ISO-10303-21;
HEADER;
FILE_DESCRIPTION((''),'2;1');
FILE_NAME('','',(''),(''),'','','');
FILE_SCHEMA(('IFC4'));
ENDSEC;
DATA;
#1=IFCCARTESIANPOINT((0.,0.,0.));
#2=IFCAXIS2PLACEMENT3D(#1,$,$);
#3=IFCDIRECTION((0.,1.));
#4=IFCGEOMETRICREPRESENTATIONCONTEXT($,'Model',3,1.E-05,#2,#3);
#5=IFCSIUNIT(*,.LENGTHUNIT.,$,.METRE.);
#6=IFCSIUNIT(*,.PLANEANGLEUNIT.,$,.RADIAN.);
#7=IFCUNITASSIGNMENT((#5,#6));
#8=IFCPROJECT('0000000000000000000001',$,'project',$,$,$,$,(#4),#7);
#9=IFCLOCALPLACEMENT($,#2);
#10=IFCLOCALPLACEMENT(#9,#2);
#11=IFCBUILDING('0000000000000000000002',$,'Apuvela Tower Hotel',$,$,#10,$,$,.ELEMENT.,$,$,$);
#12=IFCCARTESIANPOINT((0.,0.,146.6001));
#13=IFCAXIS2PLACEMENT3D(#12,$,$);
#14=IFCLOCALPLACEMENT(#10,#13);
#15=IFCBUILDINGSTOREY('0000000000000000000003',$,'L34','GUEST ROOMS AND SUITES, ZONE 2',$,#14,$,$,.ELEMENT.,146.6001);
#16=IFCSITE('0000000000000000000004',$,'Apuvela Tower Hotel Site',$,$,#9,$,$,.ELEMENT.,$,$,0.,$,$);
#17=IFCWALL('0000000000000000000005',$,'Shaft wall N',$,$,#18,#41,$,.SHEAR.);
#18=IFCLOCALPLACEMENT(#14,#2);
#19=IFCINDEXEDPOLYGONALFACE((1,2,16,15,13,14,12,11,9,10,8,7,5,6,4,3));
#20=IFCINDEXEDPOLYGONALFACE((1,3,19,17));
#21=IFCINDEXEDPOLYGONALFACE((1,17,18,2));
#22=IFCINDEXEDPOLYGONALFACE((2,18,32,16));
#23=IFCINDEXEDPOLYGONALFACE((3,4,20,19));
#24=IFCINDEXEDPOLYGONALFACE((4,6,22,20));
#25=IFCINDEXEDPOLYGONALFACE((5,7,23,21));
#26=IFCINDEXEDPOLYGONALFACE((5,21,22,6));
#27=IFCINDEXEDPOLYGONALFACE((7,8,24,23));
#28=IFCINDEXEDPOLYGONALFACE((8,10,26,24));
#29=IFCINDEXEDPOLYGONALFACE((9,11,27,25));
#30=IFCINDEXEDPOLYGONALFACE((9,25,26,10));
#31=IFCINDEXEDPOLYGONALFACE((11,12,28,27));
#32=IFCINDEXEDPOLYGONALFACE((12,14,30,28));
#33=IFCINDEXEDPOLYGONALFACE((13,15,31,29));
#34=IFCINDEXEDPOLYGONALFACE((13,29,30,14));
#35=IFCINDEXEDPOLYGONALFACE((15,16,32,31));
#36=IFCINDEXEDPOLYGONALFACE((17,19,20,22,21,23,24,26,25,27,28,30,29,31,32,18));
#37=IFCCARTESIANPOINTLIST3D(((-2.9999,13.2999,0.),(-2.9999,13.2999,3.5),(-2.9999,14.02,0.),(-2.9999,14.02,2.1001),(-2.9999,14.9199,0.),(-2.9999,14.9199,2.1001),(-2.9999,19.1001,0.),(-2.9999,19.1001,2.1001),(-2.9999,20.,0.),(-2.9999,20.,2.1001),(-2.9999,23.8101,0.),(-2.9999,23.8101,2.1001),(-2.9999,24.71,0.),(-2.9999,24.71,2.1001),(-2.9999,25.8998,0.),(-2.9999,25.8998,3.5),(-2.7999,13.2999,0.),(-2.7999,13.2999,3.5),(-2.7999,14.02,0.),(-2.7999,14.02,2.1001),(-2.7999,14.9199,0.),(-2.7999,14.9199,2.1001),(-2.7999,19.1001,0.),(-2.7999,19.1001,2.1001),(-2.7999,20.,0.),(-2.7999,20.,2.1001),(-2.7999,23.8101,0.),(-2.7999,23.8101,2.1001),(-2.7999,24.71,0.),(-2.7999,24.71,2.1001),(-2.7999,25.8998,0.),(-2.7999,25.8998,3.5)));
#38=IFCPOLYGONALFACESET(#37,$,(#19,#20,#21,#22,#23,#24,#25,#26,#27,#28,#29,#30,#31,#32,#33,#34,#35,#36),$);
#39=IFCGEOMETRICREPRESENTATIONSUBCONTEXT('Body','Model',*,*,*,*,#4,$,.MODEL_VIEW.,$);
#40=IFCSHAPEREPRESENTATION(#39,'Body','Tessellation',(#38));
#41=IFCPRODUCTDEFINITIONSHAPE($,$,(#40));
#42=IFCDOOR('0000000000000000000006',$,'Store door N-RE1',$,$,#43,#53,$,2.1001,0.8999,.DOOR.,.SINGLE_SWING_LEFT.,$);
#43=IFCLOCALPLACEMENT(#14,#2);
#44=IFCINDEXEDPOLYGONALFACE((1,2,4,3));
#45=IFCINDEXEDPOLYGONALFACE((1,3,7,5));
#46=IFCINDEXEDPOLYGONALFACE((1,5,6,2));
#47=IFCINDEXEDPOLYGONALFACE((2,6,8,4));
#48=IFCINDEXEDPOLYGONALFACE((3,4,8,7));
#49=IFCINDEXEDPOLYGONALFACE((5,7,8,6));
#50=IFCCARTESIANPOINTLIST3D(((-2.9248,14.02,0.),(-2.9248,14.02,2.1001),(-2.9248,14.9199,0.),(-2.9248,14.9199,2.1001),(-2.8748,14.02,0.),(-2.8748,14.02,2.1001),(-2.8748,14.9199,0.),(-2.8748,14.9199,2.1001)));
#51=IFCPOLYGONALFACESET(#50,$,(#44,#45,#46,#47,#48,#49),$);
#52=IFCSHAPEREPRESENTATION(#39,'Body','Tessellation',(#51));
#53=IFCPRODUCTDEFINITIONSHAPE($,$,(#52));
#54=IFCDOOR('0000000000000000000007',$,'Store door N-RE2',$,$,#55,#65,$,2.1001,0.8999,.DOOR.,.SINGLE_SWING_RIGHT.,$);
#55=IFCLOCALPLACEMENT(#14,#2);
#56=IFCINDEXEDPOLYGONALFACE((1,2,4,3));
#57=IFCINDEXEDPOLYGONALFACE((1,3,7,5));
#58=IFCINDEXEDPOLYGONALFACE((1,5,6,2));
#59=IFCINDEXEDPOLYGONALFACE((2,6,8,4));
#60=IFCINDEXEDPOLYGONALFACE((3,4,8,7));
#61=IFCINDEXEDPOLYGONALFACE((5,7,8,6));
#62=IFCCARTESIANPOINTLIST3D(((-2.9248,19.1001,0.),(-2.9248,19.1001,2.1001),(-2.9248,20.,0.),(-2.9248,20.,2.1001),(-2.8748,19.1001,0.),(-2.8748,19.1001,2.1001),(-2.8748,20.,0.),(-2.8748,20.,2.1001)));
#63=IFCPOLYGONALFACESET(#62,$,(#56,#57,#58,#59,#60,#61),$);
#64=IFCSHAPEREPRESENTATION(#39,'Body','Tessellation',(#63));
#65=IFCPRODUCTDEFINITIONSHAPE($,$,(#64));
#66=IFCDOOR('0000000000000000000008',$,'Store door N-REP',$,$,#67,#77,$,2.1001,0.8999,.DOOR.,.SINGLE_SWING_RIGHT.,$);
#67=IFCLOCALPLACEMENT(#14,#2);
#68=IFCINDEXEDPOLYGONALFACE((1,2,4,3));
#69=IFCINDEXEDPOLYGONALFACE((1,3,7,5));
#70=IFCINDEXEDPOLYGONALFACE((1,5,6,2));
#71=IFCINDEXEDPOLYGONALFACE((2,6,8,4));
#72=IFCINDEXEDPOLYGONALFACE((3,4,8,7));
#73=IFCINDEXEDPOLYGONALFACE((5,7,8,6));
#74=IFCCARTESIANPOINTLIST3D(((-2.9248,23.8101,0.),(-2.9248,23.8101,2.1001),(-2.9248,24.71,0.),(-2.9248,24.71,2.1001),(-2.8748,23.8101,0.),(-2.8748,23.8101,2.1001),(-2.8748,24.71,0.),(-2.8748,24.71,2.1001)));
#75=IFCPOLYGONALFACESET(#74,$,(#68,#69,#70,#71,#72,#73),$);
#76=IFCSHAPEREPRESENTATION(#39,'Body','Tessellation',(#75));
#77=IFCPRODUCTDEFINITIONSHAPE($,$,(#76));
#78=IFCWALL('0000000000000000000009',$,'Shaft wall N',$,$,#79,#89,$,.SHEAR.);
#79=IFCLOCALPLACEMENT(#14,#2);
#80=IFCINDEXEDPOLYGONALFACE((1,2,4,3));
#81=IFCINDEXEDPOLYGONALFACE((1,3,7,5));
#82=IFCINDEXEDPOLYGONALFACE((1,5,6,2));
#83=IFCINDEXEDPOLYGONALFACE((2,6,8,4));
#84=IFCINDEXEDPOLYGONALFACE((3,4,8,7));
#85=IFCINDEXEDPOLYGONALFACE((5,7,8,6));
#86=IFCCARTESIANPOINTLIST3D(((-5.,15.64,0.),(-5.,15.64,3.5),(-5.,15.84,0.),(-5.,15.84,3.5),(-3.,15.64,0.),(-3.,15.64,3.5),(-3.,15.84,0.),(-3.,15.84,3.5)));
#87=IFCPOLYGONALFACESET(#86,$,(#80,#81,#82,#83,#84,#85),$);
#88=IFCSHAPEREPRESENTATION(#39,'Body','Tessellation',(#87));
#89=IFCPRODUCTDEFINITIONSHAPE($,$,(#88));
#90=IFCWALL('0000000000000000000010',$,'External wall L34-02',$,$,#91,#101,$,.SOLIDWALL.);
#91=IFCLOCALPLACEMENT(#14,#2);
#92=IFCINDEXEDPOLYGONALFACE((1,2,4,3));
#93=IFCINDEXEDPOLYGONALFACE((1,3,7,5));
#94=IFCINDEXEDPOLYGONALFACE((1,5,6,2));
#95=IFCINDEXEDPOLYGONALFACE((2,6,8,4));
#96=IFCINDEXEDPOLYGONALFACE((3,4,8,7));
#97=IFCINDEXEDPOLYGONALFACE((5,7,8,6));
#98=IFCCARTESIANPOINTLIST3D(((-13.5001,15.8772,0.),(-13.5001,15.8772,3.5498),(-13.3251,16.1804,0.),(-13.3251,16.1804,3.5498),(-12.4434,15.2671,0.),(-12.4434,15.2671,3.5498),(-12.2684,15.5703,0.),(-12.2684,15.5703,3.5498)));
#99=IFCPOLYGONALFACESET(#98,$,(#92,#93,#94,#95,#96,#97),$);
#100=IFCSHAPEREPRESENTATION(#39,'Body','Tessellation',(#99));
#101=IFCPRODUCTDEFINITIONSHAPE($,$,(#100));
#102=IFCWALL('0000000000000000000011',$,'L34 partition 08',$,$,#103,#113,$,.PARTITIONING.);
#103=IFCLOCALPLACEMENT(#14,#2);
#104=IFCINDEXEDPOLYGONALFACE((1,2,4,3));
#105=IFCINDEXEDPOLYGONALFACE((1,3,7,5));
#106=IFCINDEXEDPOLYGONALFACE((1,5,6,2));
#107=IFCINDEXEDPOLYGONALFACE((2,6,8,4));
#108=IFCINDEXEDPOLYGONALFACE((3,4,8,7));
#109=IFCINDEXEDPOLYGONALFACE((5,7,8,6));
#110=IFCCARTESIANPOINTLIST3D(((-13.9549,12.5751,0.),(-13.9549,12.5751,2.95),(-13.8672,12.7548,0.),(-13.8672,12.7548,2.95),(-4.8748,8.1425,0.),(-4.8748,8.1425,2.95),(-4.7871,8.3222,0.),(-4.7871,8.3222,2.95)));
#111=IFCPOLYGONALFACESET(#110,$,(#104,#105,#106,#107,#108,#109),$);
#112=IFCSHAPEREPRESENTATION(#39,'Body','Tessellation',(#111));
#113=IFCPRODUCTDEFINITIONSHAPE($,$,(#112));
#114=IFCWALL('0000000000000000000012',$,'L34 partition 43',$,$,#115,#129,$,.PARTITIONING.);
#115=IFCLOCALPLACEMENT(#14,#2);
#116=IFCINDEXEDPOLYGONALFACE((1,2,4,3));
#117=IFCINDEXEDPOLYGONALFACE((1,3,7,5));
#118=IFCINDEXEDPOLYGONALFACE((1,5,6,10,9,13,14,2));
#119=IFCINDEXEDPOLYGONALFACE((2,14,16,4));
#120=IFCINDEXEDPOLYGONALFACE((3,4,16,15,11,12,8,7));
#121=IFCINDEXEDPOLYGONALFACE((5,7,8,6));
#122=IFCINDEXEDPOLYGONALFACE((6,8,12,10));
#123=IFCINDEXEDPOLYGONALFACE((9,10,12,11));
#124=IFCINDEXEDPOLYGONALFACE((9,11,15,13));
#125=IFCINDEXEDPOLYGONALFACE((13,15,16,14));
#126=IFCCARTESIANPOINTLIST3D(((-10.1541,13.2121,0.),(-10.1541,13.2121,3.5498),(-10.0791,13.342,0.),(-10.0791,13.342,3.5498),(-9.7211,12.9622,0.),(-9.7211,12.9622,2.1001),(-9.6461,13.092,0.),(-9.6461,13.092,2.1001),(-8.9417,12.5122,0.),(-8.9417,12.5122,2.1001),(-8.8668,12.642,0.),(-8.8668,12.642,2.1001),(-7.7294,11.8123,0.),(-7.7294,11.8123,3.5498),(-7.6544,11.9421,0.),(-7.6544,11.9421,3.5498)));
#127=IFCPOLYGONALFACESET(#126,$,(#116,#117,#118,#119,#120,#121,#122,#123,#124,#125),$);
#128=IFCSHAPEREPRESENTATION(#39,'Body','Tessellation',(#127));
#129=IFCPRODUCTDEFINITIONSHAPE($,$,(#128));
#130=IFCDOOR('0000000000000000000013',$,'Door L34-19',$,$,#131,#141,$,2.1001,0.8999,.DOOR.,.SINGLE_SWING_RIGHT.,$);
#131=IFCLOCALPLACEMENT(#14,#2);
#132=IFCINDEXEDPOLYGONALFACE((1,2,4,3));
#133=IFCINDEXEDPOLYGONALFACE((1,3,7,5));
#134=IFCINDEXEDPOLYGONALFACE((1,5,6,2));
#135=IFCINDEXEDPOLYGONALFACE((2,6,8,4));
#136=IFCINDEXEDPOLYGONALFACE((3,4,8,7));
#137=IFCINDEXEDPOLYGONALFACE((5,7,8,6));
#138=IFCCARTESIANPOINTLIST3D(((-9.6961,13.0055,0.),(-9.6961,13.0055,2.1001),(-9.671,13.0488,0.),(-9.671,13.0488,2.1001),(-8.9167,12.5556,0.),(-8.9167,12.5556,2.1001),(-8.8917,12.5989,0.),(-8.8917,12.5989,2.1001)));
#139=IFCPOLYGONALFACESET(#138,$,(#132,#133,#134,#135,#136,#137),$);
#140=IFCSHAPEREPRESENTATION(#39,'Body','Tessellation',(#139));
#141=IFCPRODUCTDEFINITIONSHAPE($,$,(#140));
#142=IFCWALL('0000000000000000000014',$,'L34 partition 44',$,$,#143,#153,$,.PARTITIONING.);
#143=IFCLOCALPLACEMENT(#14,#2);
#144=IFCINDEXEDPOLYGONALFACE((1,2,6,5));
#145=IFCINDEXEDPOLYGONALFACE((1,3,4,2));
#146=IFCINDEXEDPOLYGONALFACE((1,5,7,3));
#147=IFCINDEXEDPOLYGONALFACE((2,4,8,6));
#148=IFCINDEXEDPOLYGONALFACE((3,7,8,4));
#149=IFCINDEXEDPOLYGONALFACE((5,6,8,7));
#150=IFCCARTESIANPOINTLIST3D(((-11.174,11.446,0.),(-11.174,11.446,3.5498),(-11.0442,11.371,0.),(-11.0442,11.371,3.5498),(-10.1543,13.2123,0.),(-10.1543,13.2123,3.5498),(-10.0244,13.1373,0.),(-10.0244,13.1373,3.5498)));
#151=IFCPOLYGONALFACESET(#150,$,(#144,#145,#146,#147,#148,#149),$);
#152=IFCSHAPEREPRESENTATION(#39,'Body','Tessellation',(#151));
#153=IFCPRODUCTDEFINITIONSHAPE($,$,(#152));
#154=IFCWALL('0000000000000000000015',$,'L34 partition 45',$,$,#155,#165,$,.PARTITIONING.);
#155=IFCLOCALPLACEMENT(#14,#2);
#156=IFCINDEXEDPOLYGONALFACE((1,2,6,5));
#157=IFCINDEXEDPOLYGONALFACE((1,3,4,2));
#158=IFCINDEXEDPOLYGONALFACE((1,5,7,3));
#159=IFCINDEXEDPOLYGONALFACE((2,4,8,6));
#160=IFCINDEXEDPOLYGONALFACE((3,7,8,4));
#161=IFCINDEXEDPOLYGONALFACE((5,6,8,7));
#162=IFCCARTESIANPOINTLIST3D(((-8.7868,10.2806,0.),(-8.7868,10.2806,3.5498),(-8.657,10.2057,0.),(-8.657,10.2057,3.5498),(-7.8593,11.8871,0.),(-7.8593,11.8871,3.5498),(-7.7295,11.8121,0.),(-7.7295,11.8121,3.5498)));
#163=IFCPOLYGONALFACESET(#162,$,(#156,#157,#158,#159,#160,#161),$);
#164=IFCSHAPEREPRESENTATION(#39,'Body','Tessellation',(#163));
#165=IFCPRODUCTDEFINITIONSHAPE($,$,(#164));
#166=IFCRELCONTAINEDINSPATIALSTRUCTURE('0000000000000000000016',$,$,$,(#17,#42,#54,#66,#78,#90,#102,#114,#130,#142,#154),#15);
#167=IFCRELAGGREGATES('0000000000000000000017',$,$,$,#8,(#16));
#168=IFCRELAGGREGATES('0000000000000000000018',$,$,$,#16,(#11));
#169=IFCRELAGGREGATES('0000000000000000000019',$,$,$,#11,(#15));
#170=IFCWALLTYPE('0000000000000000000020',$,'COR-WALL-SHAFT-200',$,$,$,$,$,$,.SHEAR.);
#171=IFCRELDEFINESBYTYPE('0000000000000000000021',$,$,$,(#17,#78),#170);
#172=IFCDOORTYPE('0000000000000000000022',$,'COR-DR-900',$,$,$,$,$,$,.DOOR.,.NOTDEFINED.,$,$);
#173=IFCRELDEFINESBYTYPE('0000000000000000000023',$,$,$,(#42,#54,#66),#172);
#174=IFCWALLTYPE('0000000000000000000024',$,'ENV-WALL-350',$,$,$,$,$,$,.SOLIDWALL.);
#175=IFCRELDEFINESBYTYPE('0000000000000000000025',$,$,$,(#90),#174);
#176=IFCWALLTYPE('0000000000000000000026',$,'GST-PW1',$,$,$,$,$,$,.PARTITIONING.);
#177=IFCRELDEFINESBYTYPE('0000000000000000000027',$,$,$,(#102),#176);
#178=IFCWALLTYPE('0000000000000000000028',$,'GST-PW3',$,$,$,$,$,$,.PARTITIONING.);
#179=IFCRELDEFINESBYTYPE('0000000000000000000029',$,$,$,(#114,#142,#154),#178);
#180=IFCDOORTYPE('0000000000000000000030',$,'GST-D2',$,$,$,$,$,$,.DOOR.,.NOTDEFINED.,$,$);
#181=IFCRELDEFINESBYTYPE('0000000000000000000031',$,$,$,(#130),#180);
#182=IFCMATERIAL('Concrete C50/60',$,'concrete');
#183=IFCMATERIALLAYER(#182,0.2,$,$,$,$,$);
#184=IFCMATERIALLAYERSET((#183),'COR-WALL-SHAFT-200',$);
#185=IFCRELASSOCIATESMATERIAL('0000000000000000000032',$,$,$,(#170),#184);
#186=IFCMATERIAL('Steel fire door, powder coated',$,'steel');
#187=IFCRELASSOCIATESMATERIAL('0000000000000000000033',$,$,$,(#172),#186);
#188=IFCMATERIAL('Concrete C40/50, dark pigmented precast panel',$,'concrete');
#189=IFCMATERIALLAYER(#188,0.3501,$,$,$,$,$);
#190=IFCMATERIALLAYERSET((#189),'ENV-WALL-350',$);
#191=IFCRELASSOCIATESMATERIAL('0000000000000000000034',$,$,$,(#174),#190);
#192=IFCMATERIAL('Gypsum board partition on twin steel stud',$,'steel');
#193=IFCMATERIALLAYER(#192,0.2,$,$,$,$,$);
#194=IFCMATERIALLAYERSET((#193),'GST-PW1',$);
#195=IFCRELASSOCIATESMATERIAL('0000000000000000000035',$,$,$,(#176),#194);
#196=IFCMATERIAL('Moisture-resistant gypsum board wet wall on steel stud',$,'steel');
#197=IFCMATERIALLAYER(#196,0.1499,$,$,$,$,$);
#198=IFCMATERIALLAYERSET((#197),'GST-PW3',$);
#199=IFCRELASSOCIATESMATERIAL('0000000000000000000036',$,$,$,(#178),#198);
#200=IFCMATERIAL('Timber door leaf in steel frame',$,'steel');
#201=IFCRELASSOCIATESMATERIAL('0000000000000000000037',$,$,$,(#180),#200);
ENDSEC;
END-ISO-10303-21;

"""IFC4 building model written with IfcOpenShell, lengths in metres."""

from ifc_helpers import new_model, si_unit, direction, frame, frame_2d, origin, place, context, subcontext, project, spatial, rectangle, extrude, material, layer, layer_set, type_object, element, fill, save


model = new_model("IFC4")

# Units and contexts
model_context = context("Model", 3, precision=1e-05, world=origin(), true_north=direction((0.0, 1.0)))
body_context = subcontext(model_context, "Body", "Model", "MODEL_VIEW")
ifc_project = project(units=[si_unit("LENGTHUNIT", "METRE"), si_unit("PLANEANGLEUNIT", "RADIAN")], contexts=[model_context])

# Site, building, storey
site_placement = place(None, origin())
site = spatial("IfcSite", under=ifc_project, at=site_placement, Name="Apuvela Tower Hotel Site", CompositionType="ELEMENT", RefElevation=0.0)
building_placement = place(site_placement, origin())
building = spatial("IfcBuilding", under=site, at=building_placement, Name="Apuvela Tower Hotel", CompositionType="ELEMENT")
storey_placement = place(building_placement, frame((0.0, 0.0, 146.6001)))
storey = spatial("IfcBuildingStorey", under=building, at=storey_placement, Name="L34", Description="GUEST ROOMS AND SUITES, ZONE 2", CompositionType="ELEMENT", Elevation=146.6001)

# Shared definitions
ifc_material_1 = material(Name="Concrete C50/60", Category="concrete")
ifc_layer_1 = layer(ifc_material_1, 0.2)
ifc_layer_set_1 = layer_set([ifc_layer_1], Name="COR-WALL-SHAFT-200")
wall_type_1 = type_object("IfcWallType", Name="COR-WALL-SHAFT-200", PredefinedType="SHEAR", material=ifc_layer_set_1)

# Wall, openings, doors
wall_1_placement = place(storey_placement, frame((-2.8999, 13.3, 0.0), z_axis=(0.0, 0.0, 1.0), x_axis=(0.0, 1.0, 0.0)))
wall_1 = element("IfcWall", 1, at=wall_1_placement, inside=storey, type_object=wall_type_1, Name="Shaft wall N", PredefinedType="SHEAR", context=body_context, shape_type="SweptSolid", body=[
    extrude(rectangle(XDim=12.5999, YDim=0.2, at=frame_2d((6.2998, 0.0))), origin(), (0.0, 0.0, 1.0), 3.5),
])
opening_1_placement = place(wall_1_placement, frame((0.72, 0.0, 0.0)))
opening_1 = element("IfcOpeningElement", 2, at=opening_1_placement, cuts=wall_1, PredefinedType="OPENING", context=body_context, shape_type="SweptSolid", body=[
    extrude(rectangle(XDim=0.8999, YDim=2.1001, at=frame_2d((0.45, 1.05))), frame((0.0, 0.1099, 0.0), z_axis=(0.0, -1.0, 0.0), x_axis=(1.0, 0.0, 0.0)), (0.0, 0.0, 1.0), 0.22),
])
opening_2_placement = place(wall_1_placement, frame((5.8, 0.0, 0.0)))
opening_2 = element("IfcOpeningElement", 3, at=opening_2_placement, cuts=wall_1, PredefinedType="OPENING", context=body_context, shape_type="SweptSolid", body=[
    extrude(rectangle(XDim=0.8999, YDim=2.1001, at=frame_2d((0.45, 1.05))), frame((0.0, 0.1099, 0.0), z_axis=(0.0, -1.0, 0.0), x_axis=(1.0, 0.0, 0.0)), (0.0, 0.0, 1.0), 0.22),
])
opening_3_placement = place(wall_1_placement, frame((10.51, 0.0, 0.0)))
opening_3 = element("IfcOpeningElement", 4, at=opening_3_placement, cuts=wall_1, PredefinedType="OPENING", context=body_context, shape_type="SweptSolid", body=[
    extrude(rectangle(XDim=0.8999, YDim=2.1001, at=frame_2d((0.45, 1.05))), frame((0.0, 0.1099, 0.0), z_axis=(0.0, -1.0, 0.0), x_axis=(1.0, 0.0, 0.0)), (0.0, 0.0, 1.0), 0.22),
])
ifc_material_2 = material(Name="Steel fire door, powder coated", Category="steel")
door_type_1 = type_object("IfcDoorType", Name="COR-DR-900", OperationType="NOTDEFINED", PredefinedType="DOOR", material=ifc_material_2)
door_1_placement = place(opening_1_placement, origin())
door_1 = element("IfcDoor", 5, at=door_1_placement, inside=storey, type_object=door_type_1, Name="Store door N-RE1", OperationType="SINGLE_SWING_LEFT", OverallHeight=2.1001, OverallWidth=0.8999, PredefinedType="DOOR", context=body_context, shape_type="SweptSolid", body=[
    extrude(rectangle(XDim=0.8999, YDim=2.1001, at=frame_2d((0.45, 1.05))), frame((0.0, 0.0249, 0.0), z_axis=(0.0, -1.0, 0.0), x_axis=(1.0, 0.0, 0.0)), (0.0, 0.0, 1.0), 0.05),
])
fill(opening_1, door_1)
door_2_placement = place(opening_2_placement, origin())
door_2 = element("IfcDoor", 6, at=door_2_placement, inside=storey, type_object=door_type_1, Name="Store door N-RE2", OperationType="SINGLE_SWING_RIGHT", OverallHeight=2.1001, OverallWidth=0.8999, PredefinedType="DOOR", context=body_context, shape_type="SweptSolid", body=[
    extrude(rectangle(XDim=0.8999, YDim=2.1001, at=frame_2d((0.45, 1.05))), frame((0.0, 0.0249, 0.0), z_axis=(0.0, -1.0, 0.0), x_axis=(1.0, 0.0, 0.0)), (0.0, 0.0, 1.0), 0.05),
])
fill(opening_2, door_2)
door_3_placement = place(opening_3_placement, origin())
door_3 = element("IfcDoor", 7, at=door_3_placement, inside=storey, type_object=door_type_1, Name="Store door N-REP", OperationType="SINGLE_SWING_RIGHT", OverallHeight=2.1001, OverallWidth=0.8999, PredefinedType="DOOR", context=body_context, shape_type="SweptSolid", body=[
    extrude(rectangle(XDim=0.8999, YDim=2.1001, at=frame_2d((0.45, 1.05))), frame((0.0, 0.0249, 0.0), z_axis=(0.0, -1.0, 0.0), x_axis=(1.0, 0.0, 0.0)), (0.0, 0.0, 1.0), 0.05),
])
fill(opening_3, door_3)

# Walls
wall_2_placement = place(storey_placement, frame((-3.0, 15.74, 0.0), z_axis=(0.0, 0.0, 1.0), x_axis=(-1.0, 0.0, 0.0)))
element("IfcWall", 8, at=wall_2_placement, inside=storey, type_object=wall_type_1, Name="Shaft wall N", PredefinedType="SHEAR", context=body_context, shape_type="SweptSolid", body=[
    extrude(rectangle(XDim=2.0, YDim=0.2, at=frame_2d((1.0, 0.0))), origin(), (0.0, 0.0, 1.0), 3.5),
])
ifc_material_3 = material(Name="Concrete C40/50, dark pigmented precast panel", Category="concrete")
ifc_layer_2 = layer(ifc_material_3, 0.3501)
ifc_layer_set_2 = layer_set([ifc_layer_2], Name="ENV-WALL-350")
wall_type_2 = type_object("IfcWallType", Name="ENV-WALL-350", PredefinedType="SOLIDWALL", material=ifc_layer_set_2)
wall_3_placement = place(storey_placement, frame((-13.4126, 16.0288, 0.0), z_axis=(0.0, 0.0, 1.0), x_axis=(0.866006, -0.500034, 0.0)))
element("IfcWall", 9, at=wall_3_placement, inside=storey, type_object=wall_type_2, Name="External wall L34-02", PredefinedType="SOLIDWALL", context=body_context, shape_type="SweptSolid", body=[
    extrude(rectangle(XDim=1.2202, YDim=0.3501, at=frame_2d((0.6101, 0.0))), origin(), (0.0, 0.0, 1.0), 3.5498),
])

# Wall
ifc_material_4 = material(Name="Gypsum board partition on twin steel stud", Category="steel")
ifc_layer_3 = layer(ifc_material_4, 0.2)
ifc_layer_set_3 = layer_set([ifc_layer_3], Name="GST-PW1")
wall_type_3 = type_object("IfcWallType", Name="GST-PW1", PredefinedType="PARTITIONING", material=ifc_layer_set_3)
wall_4_placement = place(storey_placement, frame((-13.9111, 12.665, 0.0), z_axis=(0.0, 0.0, 1.0), x_axis=(0.898639, -0.438688, 0.0)))
element("IfcWall", 10, at=wall_4_placement, inside=storey, type_object=wall_type_3, Name="L34 partition 08", PredefinedType="PARTITIONING", context=body_context, shape_type="SweptSolid", body=[
    extrude(rectangle(XDim=10.1042, YDim=0.2, at=frame_2d((5.0522, 0.0))), origin(), (0.0, 0.0, 1.0), 2.95),
])

# Wall, opening, door
ifc_material_5 = material(Name="Moisture-resistant gypsum board wet wall on steel stud", Category="steel")
ifc_layer_4 = layer(ifc_material_5, 0.1499)
ifc_layer_set_4 = layer_set([ifc_layer_4], Name="GST-PW3")
wall_type_4 = type_object("IfcWallType", Name="GST-PW3", PredefinedType="PARTITIONING", material=ifc_layer_set_4)
wall_5_placement = place(storey_placement, frame((-7.6919, 11.8772, 0.0), z_axis=(0.0, 0.0, 1.0), x_axis=(-0.866035, 0.499984, 0.0)))
wall_5 = element("IfcWall", 11, at=wall_5_placement, inside=storey, type_object=wall_type_4, Name="L34 partition 43", PredefinedType="PARTITIONING", context=body_context, shape_type="SweptSolid", body=[
    extrude(rectangle(XDim=2.7998, YDim=0.1499, at=frame_2d((1.3999, 0.0))), origin(), (0.0, 0.0, 1.0), 3.5498),
])
opening_4_placement = place(wall_5_placement, frame((1.3999, 0.0, 0.0)))
opening_4 = element("IfcOpeningElement", 12, at=opening_4_placement, cuts=wall_5, PredefinedType="OPENING", context=body_context, shape_type="SweptSolid", body=[
    extrude(rectangle(XDim=0.8999, YDim=2.1001, at=frame_2d((0.45, 1.05))), frame((0.0, 0.085, 0.0), z_axis=(0.0, -1.0, 0.0), x_axis=(1.0, 0.0, 0.0)), (0.0, 0.0, 1.0), 0.1699),
])
ifc_material_6 = material(Name="Timber door leaf in steel frame", Category="steel")
door_type_2 = type_object("IfcDoorType", Name="GST-D2", OperationType="NOTDEFINED", PredefinedType="DOOR", material=ifc_material_6)
door_4_placement = place(opening_4_placement, origin())
door_4 = element("IfcDoor", 13, at=door_4_placement, inside=storey, type_object=door_type_2, Name="Door L34-19", OperationType="SINGLE_SWING_RIGHT", OverallHeight=2.1001, OverallWidth=0.8999, PredefinedType="DOOR", context=body_context, shape_type="SweptSolid", body=[
    extrude(rectangle(XDim=0.8999, YDim=2.1001, at=frame_2d((0.45, 1.05))), frame((0.0, 0.0249, 0.0), z_axis=(0.0, -1.0, 0.0), x_axis=(1.0, 0.0, 0.0)), (0.0, 0.0, 1.0), 0.05),
])
fill(opening_4, door_4)

# Walls
wall_6_placement = place(storey_placement, frame((-10.0894, 13.1748, 0.0), z_axis=(0.0, 0.0, 1.0), x_axis=(-0.499988, -0.866032, 0.0)))
element("IfcWall", 14, at=wall_6_placement, inside=storey, type_object=wall_type_4, Name="L34 partition 44", PredefinedType="PARTITIONING", context=body_context, shape_type="SweptSolid", body=[
    extrude(rectangle(XDim=2.0396, YDim=0.1499, at=frame_2d((1.0198, 0.0))), origin(), (0.0, 0.0, 1.0), 3.5498),
])
wall_7_placement = place(storey_placement, frame((-7.7944, 11.8496, 0.0), z_axis=(0.0, 0.0, 1.0), x_axis=(-0.500003, -0.866023, 0.0)))
element("IfcWall", 15, at=wall_7_placement, inside=storey, type_object=wall_type_4, Name="L34 partition 45", PredefinedType="PARTITIONING", context=body_context, shape_type="SweptSolid", body=[
    extrude(rectangle(XDim=1.855, YDim=0.1499, at=frame_2d((0.9275, 0.0))), origin(), (0.0, 0.0, 1.0), 3.5498),
])

save(model, "model.ifc")
